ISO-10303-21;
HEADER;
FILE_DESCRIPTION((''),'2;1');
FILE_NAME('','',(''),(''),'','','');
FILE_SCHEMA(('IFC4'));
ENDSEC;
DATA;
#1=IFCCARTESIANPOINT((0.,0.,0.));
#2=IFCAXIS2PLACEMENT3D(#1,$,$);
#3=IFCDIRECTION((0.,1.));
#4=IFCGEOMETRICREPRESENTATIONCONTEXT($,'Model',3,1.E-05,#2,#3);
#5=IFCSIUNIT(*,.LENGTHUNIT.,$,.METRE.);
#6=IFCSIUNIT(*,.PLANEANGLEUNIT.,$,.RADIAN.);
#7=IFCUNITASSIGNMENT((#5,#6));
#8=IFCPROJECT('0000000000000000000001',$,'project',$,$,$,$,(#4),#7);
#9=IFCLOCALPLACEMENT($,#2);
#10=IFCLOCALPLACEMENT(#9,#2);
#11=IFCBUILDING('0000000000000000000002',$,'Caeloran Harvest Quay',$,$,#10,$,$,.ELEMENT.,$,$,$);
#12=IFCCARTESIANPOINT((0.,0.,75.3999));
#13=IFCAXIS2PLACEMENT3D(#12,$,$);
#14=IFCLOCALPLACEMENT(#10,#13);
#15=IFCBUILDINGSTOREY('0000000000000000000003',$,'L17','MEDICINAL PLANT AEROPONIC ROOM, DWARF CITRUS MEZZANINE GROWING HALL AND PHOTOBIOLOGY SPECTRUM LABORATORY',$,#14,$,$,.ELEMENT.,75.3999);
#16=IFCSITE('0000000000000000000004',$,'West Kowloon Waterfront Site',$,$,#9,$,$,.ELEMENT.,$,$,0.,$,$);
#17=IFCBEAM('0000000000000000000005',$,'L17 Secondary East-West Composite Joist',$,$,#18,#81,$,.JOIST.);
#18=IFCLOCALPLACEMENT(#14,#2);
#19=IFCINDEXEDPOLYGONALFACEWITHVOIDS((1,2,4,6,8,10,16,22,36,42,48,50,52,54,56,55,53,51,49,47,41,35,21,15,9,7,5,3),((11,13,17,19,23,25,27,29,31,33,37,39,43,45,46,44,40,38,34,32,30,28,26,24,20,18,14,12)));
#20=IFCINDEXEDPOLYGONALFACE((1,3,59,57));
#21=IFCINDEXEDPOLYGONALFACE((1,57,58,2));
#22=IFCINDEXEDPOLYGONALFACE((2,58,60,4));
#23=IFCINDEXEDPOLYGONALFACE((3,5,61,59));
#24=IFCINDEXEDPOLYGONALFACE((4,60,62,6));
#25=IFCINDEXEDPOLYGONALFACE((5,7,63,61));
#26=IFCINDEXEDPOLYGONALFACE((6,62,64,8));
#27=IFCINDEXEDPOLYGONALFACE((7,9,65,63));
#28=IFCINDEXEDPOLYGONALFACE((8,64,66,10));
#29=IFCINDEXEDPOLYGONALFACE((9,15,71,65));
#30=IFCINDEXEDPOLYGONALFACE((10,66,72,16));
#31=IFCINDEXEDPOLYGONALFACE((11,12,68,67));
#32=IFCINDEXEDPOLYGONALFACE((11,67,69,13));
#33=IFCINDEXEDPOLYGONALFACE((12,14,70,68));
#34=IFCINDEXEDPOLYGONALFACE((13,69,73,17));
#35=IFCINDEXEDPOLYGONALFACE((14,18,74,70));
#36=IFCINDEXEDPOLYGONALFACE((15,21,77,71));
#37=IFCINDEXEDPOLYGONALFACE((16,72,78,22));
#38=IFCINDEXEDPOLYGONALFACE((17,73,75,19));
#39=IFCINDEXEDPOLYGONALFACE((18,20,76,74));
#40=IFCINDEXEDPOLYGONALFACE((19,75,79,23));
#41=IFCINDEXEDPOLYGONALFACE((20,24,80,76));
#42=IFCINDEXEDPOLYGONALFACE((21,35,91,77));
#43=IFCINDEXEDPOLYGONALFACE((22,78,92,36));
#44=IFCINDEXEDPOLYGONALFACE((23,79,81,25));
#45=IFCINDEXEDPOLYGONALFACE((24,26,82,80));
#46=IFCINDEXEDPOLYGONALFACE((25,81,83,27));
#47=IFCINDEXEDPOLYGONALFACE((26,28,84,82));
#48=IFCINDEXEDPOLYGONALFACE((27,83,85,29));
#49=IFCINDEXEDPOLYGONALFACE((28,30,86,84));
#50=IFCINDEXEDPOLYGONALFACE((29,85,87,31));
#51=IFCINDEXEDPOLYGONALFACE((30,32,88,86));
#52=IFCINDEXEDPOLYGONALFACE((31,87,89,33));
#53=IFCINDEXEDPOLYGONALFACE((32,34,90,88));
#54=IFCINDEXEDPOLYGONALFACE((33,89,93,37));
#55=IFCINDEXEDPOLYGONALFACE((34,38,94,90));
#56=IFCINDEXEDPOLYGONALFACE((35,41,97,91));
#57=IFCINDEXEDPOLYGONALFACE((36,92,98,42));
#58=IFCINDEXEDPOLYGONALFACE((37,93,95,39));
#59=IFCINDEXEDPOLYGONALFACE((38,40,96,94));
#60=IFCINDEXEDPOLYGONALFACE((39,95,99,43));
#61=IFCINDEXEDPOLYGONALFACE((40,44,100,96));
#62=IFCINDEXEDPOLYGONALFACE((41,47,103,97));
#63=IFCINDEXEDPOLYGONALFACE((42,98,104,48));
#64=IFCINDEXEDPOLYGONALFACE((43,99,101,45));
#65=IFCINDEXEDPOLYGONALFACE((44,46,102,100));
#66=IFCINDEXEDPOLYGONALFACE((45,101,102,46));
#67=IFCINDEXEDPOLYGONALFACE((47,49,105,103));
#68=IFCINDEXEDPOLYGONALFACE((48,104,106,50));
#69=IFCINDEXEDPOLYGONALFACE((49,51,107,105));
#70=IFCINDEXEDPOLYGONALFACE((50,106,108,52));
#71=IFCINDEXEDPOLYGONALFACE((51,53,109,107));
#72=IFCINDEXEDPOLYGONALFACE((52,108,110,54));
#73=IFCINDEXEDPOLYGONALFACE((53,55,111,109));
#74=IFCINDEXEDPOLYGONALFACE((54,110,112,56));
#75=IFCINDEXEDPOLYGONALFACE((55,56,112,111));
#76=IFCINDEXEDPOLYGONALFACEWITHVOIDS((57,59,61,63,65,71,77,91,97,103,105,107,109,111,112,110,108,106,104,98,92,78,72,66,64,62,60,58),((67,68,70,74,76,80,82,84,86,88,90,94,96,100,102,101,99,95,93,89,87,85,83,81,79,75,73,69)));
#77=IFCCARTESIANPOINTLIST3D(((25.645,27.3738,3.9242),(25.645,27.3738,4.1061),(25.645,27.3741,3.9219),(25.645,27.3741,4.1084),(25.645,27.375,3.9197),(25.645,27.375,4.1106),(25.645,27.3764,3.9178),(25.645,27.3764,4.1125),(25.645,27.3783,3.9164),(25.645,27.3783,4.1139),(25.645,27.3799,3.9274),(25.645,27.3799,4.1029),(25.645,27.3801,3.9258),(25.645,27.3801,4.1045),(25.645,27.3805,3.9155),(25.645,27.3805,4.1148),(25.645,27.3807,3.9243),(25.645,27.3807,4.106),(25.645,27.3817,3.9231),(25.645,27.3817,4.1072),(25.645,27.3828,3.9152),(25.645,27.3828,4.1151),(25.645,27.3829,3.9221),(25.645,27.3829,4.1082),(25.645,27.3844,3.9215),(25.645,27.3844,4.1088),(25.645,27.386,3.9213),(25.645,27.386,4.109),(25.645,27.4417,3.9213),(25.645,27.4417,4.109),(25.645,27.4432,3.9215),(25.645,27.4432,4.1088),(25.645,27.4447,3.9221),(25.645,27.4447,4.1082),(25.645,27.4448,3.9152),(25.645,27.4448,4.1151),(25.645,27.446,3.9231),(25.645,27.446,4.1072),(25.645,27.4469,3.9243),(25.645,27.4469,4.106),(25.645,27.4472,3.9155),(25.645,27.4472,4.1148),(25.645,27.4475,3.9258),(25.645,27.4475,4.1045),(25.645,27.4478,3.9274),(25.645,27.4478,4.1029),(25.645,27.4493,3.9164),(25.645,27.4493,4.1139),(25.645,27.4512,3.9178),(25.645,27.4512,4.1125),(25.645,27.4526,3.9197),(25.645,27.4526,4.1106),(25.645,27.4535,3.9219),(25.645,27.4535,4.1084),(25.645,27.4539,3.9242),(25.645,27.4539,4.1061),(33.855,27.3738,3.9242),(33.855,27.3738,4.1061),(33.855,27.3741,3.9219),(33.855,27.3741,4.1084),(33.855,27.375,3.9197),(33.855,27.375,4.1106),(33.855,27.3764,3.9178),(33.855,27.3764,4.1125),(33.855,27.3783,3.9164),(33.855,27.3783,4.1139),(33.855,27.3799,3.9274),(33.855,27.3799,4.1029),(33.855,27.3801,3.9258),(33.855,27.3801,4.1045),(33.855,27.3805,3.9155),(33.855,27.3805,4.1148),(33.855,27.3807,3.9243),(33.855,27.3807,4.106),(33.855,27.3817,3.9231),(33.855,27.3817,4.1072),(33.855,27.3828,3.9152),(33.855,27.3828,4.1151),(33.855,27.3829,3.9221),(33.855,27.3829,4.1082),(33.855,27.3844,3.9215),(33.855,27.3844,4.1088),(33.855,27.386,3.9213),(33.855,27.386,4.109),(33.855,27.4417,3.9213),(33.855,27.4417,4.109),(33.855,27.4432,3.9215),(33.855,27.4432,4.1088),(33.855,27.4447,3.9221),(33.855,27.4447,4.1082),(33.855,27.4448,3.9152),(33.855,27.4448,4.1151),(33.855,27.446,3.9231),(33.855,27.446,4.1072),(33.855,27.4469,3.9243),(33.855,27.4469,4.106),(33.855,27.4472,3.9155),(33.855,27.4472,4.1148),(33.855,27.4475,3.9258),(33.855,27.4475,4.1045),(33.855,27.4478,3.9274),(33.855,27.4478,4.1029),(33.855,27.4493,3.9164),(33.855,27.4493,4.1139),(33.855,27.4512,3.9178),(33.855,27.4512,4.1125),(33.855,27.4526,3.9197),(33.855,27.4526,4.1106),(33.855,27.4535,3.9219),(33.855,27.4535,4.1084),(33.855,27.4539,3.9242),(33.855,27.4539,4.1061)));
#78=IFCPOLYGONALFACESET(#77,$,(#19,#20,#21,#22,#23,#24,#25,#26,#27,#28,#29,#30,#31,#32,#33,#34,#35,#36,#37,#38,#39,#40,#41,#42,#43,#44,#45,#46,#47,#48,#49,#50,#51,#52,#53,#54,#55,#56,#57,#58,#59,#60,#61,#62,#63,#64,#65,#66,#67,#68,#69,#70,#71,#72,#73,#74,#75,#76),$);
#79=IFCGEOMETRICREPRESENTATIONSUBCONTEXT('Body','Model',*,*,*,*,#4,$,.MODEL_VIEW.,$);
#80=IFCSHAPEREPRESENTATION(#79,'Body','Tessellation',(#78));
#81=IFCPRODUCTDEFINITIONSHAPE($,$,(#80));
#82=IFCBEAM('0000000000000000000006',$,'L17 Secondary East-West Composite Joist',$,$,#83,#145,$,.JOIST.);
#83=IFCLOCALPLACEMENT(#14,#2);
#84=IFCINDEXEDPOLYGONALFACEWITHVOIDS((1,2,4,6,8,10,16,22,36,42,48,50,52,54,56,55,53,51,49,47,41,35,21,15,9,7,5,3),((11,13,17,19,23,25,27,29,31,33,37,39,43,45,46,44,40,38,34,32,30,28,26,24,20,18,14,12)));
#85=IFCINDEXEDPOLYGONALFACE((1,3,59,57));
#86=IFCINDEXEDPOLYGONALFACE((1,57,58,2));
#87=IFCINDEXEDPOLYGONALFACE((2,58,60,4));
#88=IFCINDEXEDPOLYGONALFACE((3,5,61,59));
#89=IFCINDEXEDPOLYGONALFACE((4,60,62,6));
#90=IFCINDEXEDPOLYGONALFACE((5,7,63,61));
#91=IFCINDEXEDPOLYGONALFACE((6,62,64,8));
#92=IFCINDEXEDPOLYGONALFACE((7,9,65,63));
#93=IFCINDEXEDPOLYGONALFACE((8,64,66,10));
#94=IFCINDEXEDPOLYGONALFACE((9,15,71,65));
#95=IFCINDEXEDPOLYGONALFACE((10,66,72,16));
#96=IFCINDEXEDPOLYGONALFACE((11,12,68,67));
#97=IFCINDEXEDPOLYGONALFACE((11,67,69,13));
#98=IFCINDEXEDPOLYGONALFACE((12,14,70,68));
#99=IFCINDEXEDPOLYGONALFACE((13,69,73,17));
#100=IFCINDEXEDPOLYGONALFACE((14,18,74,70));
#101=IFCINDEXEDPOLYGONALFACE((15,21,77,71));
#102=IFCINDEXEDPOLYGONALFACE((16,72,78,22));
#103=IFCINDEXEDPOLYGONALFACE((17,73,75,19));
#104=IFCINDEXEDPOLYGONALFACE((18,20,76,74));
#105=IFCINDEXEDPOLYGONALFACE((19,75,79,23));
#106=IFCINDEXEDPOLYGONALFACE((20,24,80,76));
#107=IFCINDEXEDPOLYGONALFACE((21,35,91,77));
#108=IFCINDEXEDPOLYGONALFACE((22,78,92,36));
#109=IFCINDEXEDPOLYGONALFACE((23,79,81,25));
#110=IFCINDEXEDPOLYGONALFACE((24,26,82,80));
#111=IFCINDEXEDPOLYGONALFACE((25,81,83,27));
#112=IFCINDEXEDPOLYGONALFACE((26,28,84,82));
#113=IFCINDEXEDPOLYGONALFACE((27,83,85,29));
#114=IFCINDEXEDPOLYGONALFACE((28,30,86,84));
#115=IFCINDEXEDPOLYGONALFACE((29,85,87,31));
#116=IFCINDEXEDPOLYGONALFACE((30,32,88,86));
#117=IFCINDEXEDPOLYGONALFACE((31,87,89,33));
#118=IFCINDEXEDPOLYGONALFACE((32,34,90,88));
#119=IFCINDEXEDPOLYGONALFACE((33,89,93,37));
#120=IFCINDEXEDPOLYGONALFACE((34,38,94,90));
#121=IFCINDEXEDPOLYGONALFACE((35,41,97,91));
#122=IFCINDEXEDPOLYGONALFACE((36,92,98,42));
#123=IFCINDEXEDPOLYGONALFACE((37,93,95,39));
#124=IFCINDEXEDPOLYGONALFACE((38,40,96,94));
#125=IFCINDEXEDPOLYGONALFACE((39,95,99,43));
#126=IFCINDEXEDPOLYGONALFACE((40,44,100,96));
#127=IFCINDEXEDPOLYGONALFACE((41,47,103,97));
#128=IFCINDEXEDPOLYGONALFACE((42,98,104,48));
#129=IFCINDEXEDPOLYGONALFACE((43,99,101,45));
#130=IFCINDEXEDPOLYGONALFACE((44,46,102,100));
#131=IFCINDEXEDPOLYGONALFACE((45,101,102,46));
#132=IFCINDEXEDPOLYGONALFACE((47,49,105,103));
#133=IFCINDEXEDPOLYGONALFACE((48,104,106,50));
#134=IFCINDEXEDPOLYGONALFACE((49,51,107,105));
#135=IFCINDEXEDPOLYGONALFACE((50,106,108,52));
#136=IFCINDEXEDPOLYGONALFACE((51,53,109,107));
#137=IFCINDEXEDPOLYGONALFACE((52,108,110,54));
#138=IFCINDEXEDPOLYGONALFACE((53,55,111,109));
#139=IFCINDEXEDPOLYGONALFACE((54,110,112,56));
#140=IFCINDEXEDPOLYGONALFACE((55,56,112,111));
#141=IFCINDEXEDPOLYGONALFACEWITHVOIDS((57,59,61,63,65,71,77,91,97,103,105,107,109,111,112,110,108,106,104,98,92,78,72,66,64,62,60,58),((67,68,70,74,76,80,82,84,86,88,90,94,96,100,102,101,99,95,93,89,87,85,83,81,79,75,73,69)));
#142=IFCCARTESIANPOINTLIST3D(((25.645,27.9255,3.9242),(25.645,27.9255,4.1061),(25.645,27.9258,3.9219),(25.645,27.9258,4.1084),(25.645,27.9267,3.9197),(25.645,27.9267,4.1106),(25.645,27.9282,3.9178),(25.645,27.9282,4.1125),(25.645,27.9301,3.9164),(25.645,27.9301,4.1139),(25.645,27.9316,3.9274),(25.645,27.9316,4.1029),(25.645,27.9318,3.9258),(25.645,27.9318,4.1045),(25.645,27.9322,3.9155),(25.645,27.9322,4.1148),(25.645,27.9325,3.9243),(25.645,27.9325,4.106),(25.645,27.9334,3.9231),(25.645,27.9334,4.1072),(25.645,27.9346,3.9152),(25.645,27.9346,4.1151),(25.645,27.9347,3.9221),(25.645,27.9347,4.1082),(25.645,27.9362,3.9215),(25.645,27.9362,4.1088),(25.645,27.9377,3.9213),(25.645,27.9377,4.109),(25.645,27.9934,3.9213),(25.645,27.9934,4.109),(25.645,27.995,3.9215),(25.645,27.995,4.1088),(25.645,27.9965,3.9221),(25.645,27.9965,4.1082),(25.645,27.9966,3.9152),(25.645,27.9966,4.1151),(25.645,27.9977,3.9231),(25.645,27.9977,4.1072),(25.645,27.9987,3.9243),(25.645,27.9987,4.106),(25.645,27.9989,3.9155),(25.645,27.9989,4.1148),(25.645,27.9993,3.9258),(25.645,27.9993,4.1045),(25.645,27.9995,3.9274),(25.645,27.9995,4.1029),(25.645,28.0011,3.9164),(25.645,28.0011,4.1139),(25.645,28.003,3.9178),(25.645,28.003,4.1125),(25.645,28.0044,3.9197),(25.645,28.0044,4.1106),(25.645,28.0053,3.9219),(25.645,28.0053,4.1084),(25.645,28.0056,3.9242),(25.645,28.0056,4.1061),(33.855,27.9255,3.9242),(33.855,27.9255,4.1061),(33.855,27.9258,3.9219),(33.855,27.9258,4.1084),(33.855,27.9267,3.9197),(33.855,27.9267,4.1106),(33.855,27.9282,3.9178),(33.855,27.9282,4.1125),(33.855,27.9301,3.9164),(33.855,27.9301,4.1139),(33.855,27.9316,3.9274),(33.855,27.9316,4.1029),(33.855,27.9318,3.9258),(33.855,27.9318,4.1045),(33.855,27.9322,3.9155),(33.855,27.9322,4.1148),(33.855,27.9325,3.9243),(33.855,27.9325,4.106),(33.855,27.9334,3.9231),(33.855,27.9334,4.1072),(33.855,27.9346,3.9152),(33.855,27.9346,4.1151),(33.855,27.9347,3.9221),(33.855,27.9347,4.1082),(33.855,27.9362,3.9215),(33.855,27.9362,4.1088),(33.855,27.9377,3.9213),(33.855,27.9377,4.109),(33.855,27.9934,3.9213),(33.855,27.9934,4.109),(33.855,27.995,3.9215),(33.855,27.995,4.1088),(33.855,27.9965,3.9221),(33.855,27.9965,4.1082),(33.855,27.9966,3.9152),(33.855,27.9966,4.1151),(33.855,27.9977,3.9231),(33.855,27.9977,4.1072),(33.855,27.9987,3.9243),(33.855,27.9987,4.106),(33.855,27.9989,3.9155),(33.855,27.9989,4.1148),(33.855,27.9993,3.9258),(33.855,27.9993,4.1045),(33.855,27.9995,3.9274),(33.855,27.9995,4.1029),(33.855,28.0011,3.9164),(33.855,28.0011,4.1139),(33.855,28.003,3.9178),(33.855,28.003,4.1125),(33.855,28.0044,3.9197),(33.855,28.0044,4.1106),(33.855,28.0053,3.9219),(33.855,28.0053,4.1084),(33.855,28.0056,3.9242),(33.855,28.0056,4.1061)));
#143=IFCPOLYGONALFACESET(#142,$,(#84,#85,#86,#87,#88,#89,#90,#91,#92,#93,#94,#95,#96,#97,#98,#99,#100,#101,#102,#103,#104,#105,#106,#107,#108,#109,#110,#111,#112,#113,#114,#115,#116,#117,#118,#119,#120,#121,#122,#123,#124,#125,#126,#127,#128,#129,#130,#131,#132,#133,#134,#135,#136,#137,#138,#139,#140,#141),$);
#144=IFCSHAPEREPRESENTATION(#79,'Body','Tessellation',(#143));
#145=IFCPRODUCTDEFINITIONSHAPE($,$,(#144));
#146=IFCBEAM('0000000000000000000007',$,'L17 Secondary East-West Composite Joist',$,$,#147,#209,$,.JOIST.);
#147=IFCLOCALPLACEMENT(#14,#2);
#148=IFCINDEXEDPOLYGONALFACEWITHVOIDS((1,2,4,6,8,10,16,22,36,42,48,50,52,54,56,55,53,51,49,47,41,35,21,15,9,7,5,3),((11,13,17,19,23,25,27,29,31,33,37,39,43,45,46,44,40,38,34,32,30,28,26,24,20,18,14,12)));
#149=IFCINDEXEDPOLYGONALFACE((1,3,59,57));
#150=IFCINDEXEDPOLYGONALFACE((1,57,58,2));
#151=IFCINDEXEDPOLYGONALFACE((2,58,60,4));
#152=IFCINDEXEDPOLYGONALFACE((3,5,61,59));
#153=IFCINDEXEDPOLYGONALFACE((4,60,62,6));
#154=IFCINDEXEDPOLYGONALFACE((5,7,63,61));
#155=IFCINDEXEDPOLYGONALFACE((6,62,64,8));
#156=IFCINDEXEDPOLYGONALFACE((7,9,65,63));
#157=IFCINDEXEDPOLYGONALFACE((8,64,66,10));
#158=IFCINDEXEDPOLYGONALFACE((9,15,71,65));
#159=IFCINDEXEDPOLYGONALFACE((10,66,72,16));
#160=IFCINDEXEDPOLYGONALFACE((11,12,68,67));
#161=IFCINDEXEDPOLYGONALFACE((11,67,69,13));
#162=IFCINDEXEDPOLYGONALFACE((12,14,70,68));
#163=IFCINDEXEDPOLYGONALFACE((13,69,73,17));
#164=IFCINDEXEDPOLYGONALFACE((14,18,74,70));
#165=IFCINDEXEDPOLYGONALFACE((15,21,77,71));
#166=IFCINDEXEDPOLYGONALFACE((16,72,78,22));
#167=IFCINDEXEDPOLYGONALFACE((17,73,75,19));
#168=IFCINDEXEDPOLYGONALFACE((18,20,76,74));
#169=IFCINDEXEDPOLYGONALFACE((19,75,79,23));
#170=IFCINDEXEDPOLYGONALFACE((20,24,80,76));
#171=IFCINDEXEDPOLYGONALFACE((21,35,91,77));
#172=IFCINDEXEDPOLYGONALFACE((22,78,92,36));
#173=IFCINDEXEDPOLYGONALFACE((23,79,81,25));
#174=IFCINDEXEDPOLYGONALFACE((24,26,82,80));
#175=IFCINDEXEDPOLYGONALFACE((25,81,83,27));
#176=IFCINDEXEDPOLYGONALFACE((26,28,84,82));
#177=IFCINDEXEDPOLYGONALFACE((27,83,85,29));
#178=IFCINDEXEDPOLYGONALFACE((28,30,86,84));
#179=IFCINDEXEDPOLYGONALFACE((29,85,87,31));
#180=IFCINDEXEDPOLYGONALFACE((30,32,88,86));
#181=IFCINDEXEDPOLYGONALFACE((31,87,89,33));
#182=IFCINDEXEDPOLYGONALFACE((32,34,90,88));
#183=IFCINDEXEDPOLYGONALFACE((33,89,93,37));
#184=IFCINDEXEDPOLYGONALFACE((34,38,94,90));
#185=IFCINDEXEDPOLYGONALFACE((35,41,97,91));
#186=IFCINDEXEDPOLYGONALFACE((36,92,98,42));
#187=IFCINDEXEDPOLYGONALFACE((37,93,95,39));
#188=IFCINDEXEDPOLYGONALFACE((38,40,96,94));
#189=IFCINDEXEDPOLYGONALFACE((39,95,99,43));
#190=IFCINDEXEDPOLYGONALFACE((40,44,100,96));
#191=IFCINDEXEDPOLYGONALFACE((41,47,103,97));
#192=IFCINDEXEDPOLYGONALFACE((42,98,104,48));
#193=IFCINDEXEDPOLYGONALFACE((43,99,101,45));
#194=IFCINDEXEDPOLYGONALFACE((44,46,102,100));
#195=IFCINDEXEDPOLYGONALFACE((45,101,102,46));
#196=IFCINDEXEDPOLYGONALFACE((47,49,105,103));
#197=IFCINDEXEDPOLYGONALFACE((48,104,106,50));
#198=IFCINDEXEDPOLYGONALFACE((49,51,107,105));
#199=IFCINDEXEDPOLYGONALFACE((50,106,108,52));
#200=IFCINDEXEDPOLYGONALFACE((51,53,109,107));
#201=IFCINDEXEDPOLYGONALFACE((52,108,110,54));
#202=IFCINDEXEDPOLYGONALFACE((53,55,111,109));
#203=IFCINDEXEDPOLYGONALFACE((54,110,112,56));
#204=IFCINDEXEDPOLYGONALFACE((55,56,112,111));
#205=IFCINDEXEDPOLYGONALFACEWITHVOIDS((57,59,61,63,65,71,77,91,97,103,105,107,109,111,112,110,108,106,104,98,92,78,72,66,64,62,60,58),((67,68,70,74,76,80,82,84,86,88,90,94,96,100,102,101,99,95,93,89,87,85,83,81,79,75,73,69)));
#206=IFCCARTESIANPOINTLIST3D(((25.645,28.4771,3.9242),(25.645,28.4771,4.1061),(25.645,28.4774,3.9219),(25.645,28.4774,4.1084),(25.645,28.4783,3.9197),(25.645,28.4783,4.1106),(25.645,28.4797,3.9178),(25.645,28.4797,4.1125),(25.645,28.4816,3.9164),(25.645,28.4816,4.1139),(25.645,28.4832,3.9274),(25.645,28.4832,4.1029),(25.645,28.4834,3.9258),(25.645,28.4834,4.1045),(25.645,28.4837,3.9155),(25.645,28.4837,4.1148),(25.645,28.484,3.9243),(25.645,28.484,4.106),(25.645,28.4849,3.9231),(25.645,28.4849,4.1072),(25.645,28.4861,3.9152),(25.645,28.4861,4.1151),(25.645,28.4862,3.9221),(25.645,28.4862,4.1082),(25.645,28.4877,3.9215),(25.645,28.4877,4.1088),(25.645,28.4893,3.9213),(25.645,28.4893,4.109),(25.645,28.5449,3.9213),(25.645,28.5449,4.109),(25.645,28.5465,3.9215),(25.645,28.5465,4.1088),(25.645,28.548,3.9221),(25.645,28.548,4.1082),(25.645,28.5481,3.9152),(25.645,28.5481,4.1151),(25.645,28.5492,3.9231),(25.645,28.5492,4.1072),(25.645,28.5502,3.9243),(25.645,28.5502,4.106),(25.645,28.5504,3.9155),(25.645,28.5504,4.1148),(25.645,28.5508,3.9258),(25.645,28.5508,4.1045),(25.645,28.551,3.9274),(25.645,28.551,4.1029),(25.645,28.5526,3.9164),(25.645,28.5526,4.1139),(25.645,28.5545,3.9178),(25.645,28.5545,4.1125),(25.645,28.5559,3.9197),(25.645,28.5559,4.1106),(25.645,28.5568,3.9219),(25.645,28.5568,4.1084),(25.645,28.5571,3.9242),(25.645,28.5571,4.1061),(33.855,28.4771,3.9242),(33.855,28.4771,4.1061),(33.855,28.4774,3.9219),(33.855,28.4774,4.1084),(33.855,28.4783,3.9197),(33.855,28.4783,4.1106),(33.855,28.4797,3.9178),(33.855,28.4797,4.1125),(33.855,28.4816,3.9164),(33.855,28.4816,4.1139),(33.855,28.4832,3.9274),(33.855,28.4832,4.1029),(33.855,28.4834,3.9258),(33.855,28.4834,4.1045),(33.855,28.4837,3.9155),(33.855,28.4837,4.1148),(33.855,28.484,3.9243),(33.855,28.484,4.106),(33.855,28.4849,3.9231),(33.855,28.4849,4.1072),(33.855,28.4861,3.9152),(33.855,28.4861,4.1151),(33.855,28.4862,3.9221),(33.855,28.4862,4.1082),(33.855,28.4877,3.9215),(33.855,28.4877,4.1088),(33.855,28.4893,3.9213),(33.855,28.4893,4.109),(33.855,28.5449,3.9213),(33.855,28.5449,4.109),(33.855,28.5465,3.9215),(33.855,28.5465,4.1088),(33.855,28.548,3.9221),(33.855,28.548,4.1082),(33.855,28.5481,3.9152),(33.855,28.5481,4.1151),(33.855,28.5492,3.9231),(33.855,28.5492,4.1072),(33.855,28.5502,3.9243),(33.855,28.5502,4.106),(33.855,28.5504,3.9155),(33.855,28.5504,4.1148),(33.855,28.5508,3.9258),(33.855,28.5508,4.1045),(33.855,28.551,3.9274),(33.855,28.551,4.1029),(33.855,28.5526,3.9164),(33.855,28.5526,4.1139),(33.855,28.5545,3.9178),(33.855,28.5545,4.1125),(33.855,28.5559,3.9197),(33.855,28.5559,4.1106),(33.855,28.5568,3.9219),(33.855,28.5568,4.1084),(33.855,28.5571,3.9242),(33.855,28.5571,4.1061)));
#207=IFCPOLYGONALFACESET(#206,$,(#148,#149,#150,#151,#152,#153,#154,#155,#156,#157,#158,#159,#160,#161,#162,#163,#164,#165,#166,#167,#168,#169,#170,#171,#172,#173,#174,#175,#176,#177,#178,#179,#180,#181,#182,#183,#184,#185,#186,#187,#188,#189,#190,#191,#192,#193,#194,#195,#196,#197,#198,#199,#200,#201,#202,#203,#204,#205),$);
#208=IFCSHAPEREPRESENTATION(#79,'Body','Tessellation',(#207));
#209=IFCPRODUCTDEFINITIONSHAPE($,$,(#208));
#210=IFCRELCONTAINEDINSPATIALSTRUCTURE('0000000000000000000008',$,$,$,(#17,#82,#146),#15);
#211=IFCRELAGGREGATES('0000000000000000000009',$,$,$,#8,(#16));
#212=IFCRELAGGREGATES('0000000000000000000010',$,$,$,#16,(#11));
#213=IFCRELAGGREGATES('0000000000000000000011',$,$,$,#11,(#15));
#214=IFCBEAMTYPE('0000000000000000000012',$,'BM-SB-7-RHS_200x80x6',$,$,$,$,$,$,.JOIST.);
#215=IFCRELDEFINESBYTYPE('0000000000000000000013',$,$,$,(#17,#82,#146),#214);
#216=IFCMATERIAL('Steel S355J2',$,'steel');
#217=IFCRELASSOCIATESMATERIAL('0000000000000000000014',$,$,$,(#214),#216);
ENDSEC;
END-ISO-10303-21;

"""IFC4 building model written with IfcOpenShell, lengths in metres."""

from ifc_helpers import new_model, si_unit, direction, frame, origin, origin_2d, place, context, subcontext, project, spatial, hollow_rectangle, extrude, material, material_profile, profile_set, type_object, element, save


model = new_model("IFC4")

# Units and contexts
model_context = context("Model", 3, precision=1e-05, world=origin(), true_north=direction((0.0, 1.0)))
body_context = subcontext(model_context, "Body", "Model", "MODEL_VIEW")
ifc_project = project(units=[si_unit("LENGTHUNIT", "METRE"), si_unit("PLANEANGLEUNIT", "RADIAN")], contexts=[model_context])

# Site, building, storey
site_placement = place(None, origin())
site = spatial("IfcSite", under=ifc_project, at=site_placement, Name="West Kowloon Waterfront Site", CompositionType="ELEMENT", RefElevation=0.0)
building_placement = place(site_placement, origin())
building = spatial("IfcBuilding", under=site, at=building_placement, Name="Caeloran Harvest Quay", CompositionType="ELEMENT")
storey_placement = place(building_placement, frame((0.0, 0.0, 75.3999)))
storey = spatial("IfcBuildingStorey", under=building, at=storey_placement, Name="L17", Description="MEDICINAL PLANT AEROPONIC ROOM, DWARF CITRUS MEZZANINE GROWING HALL AND PHOTOBIOLOGY SPECTRUM LABORATORY", CompositionType="ELEMENT", Elevation=75.3999)

# Beams
ifc_material_1 = material(Name="Steel S355J2", Category="steel")
ifc_material_profile_1 = material_profile(ifc_material_1, hollow_rectangle(XDim=0.0801, YDim=0.2, WallThickness=0.0061, InnerFilletRadius=0.0061, OuterFilletRadius=0.009, at=origin_2d()), Name="RHS 200x80x6")
ifc_profile_set_1 = profile_set([ifc_material_profile_1], Name="Steel S355J2")
beam_type_1 = type_object("IfcBeamType", Name="BM-SB-7-RHS_200x80x6", PredefinedType="JOIST", material=ifc_profile_set_1)
for number, where, z_axis, x_axis, name in (
    (1, (25.645, 27.4138, 4.0151), (1.0, 0.0, 0.0), (0.0, 1.0, 0.0), "L17 Secondary East-West Composite Joist"),
    (2, (25.645, 27.9656, 4.0151), (1.0, 0.0, 0.0), (0.0, 1.0, 0.0), "L17 Secondary East-West Composite Joist"),
    (3, (25.645, 28.5171, 4.0151), (1.0, 0.0, 0.0), (0.0, 1.0, 0.0), "L17 Secondary East-West Composite Joist"),
):
    element("IfcBeam", number, at=place(storey_placement, frame(where, z_axis=z_axis, x_axis=x_axis)), inside=storey, type_object=beam_type_1, Name=name, PredefinedType="JOIST", context=body_context, shape_type="SweptSolid", body=[
        extrude(hollow_rectangle(XDim=0.0801, YDim=0.2, WallThickness=0.0061, InnerFilletRadius=0.0061, OuterFilletRadius=0.009, at=origin_2d()), origin(), (0.0, 0.0, 1.0), 8.21),
    ])

save(model, "model.ifc")
